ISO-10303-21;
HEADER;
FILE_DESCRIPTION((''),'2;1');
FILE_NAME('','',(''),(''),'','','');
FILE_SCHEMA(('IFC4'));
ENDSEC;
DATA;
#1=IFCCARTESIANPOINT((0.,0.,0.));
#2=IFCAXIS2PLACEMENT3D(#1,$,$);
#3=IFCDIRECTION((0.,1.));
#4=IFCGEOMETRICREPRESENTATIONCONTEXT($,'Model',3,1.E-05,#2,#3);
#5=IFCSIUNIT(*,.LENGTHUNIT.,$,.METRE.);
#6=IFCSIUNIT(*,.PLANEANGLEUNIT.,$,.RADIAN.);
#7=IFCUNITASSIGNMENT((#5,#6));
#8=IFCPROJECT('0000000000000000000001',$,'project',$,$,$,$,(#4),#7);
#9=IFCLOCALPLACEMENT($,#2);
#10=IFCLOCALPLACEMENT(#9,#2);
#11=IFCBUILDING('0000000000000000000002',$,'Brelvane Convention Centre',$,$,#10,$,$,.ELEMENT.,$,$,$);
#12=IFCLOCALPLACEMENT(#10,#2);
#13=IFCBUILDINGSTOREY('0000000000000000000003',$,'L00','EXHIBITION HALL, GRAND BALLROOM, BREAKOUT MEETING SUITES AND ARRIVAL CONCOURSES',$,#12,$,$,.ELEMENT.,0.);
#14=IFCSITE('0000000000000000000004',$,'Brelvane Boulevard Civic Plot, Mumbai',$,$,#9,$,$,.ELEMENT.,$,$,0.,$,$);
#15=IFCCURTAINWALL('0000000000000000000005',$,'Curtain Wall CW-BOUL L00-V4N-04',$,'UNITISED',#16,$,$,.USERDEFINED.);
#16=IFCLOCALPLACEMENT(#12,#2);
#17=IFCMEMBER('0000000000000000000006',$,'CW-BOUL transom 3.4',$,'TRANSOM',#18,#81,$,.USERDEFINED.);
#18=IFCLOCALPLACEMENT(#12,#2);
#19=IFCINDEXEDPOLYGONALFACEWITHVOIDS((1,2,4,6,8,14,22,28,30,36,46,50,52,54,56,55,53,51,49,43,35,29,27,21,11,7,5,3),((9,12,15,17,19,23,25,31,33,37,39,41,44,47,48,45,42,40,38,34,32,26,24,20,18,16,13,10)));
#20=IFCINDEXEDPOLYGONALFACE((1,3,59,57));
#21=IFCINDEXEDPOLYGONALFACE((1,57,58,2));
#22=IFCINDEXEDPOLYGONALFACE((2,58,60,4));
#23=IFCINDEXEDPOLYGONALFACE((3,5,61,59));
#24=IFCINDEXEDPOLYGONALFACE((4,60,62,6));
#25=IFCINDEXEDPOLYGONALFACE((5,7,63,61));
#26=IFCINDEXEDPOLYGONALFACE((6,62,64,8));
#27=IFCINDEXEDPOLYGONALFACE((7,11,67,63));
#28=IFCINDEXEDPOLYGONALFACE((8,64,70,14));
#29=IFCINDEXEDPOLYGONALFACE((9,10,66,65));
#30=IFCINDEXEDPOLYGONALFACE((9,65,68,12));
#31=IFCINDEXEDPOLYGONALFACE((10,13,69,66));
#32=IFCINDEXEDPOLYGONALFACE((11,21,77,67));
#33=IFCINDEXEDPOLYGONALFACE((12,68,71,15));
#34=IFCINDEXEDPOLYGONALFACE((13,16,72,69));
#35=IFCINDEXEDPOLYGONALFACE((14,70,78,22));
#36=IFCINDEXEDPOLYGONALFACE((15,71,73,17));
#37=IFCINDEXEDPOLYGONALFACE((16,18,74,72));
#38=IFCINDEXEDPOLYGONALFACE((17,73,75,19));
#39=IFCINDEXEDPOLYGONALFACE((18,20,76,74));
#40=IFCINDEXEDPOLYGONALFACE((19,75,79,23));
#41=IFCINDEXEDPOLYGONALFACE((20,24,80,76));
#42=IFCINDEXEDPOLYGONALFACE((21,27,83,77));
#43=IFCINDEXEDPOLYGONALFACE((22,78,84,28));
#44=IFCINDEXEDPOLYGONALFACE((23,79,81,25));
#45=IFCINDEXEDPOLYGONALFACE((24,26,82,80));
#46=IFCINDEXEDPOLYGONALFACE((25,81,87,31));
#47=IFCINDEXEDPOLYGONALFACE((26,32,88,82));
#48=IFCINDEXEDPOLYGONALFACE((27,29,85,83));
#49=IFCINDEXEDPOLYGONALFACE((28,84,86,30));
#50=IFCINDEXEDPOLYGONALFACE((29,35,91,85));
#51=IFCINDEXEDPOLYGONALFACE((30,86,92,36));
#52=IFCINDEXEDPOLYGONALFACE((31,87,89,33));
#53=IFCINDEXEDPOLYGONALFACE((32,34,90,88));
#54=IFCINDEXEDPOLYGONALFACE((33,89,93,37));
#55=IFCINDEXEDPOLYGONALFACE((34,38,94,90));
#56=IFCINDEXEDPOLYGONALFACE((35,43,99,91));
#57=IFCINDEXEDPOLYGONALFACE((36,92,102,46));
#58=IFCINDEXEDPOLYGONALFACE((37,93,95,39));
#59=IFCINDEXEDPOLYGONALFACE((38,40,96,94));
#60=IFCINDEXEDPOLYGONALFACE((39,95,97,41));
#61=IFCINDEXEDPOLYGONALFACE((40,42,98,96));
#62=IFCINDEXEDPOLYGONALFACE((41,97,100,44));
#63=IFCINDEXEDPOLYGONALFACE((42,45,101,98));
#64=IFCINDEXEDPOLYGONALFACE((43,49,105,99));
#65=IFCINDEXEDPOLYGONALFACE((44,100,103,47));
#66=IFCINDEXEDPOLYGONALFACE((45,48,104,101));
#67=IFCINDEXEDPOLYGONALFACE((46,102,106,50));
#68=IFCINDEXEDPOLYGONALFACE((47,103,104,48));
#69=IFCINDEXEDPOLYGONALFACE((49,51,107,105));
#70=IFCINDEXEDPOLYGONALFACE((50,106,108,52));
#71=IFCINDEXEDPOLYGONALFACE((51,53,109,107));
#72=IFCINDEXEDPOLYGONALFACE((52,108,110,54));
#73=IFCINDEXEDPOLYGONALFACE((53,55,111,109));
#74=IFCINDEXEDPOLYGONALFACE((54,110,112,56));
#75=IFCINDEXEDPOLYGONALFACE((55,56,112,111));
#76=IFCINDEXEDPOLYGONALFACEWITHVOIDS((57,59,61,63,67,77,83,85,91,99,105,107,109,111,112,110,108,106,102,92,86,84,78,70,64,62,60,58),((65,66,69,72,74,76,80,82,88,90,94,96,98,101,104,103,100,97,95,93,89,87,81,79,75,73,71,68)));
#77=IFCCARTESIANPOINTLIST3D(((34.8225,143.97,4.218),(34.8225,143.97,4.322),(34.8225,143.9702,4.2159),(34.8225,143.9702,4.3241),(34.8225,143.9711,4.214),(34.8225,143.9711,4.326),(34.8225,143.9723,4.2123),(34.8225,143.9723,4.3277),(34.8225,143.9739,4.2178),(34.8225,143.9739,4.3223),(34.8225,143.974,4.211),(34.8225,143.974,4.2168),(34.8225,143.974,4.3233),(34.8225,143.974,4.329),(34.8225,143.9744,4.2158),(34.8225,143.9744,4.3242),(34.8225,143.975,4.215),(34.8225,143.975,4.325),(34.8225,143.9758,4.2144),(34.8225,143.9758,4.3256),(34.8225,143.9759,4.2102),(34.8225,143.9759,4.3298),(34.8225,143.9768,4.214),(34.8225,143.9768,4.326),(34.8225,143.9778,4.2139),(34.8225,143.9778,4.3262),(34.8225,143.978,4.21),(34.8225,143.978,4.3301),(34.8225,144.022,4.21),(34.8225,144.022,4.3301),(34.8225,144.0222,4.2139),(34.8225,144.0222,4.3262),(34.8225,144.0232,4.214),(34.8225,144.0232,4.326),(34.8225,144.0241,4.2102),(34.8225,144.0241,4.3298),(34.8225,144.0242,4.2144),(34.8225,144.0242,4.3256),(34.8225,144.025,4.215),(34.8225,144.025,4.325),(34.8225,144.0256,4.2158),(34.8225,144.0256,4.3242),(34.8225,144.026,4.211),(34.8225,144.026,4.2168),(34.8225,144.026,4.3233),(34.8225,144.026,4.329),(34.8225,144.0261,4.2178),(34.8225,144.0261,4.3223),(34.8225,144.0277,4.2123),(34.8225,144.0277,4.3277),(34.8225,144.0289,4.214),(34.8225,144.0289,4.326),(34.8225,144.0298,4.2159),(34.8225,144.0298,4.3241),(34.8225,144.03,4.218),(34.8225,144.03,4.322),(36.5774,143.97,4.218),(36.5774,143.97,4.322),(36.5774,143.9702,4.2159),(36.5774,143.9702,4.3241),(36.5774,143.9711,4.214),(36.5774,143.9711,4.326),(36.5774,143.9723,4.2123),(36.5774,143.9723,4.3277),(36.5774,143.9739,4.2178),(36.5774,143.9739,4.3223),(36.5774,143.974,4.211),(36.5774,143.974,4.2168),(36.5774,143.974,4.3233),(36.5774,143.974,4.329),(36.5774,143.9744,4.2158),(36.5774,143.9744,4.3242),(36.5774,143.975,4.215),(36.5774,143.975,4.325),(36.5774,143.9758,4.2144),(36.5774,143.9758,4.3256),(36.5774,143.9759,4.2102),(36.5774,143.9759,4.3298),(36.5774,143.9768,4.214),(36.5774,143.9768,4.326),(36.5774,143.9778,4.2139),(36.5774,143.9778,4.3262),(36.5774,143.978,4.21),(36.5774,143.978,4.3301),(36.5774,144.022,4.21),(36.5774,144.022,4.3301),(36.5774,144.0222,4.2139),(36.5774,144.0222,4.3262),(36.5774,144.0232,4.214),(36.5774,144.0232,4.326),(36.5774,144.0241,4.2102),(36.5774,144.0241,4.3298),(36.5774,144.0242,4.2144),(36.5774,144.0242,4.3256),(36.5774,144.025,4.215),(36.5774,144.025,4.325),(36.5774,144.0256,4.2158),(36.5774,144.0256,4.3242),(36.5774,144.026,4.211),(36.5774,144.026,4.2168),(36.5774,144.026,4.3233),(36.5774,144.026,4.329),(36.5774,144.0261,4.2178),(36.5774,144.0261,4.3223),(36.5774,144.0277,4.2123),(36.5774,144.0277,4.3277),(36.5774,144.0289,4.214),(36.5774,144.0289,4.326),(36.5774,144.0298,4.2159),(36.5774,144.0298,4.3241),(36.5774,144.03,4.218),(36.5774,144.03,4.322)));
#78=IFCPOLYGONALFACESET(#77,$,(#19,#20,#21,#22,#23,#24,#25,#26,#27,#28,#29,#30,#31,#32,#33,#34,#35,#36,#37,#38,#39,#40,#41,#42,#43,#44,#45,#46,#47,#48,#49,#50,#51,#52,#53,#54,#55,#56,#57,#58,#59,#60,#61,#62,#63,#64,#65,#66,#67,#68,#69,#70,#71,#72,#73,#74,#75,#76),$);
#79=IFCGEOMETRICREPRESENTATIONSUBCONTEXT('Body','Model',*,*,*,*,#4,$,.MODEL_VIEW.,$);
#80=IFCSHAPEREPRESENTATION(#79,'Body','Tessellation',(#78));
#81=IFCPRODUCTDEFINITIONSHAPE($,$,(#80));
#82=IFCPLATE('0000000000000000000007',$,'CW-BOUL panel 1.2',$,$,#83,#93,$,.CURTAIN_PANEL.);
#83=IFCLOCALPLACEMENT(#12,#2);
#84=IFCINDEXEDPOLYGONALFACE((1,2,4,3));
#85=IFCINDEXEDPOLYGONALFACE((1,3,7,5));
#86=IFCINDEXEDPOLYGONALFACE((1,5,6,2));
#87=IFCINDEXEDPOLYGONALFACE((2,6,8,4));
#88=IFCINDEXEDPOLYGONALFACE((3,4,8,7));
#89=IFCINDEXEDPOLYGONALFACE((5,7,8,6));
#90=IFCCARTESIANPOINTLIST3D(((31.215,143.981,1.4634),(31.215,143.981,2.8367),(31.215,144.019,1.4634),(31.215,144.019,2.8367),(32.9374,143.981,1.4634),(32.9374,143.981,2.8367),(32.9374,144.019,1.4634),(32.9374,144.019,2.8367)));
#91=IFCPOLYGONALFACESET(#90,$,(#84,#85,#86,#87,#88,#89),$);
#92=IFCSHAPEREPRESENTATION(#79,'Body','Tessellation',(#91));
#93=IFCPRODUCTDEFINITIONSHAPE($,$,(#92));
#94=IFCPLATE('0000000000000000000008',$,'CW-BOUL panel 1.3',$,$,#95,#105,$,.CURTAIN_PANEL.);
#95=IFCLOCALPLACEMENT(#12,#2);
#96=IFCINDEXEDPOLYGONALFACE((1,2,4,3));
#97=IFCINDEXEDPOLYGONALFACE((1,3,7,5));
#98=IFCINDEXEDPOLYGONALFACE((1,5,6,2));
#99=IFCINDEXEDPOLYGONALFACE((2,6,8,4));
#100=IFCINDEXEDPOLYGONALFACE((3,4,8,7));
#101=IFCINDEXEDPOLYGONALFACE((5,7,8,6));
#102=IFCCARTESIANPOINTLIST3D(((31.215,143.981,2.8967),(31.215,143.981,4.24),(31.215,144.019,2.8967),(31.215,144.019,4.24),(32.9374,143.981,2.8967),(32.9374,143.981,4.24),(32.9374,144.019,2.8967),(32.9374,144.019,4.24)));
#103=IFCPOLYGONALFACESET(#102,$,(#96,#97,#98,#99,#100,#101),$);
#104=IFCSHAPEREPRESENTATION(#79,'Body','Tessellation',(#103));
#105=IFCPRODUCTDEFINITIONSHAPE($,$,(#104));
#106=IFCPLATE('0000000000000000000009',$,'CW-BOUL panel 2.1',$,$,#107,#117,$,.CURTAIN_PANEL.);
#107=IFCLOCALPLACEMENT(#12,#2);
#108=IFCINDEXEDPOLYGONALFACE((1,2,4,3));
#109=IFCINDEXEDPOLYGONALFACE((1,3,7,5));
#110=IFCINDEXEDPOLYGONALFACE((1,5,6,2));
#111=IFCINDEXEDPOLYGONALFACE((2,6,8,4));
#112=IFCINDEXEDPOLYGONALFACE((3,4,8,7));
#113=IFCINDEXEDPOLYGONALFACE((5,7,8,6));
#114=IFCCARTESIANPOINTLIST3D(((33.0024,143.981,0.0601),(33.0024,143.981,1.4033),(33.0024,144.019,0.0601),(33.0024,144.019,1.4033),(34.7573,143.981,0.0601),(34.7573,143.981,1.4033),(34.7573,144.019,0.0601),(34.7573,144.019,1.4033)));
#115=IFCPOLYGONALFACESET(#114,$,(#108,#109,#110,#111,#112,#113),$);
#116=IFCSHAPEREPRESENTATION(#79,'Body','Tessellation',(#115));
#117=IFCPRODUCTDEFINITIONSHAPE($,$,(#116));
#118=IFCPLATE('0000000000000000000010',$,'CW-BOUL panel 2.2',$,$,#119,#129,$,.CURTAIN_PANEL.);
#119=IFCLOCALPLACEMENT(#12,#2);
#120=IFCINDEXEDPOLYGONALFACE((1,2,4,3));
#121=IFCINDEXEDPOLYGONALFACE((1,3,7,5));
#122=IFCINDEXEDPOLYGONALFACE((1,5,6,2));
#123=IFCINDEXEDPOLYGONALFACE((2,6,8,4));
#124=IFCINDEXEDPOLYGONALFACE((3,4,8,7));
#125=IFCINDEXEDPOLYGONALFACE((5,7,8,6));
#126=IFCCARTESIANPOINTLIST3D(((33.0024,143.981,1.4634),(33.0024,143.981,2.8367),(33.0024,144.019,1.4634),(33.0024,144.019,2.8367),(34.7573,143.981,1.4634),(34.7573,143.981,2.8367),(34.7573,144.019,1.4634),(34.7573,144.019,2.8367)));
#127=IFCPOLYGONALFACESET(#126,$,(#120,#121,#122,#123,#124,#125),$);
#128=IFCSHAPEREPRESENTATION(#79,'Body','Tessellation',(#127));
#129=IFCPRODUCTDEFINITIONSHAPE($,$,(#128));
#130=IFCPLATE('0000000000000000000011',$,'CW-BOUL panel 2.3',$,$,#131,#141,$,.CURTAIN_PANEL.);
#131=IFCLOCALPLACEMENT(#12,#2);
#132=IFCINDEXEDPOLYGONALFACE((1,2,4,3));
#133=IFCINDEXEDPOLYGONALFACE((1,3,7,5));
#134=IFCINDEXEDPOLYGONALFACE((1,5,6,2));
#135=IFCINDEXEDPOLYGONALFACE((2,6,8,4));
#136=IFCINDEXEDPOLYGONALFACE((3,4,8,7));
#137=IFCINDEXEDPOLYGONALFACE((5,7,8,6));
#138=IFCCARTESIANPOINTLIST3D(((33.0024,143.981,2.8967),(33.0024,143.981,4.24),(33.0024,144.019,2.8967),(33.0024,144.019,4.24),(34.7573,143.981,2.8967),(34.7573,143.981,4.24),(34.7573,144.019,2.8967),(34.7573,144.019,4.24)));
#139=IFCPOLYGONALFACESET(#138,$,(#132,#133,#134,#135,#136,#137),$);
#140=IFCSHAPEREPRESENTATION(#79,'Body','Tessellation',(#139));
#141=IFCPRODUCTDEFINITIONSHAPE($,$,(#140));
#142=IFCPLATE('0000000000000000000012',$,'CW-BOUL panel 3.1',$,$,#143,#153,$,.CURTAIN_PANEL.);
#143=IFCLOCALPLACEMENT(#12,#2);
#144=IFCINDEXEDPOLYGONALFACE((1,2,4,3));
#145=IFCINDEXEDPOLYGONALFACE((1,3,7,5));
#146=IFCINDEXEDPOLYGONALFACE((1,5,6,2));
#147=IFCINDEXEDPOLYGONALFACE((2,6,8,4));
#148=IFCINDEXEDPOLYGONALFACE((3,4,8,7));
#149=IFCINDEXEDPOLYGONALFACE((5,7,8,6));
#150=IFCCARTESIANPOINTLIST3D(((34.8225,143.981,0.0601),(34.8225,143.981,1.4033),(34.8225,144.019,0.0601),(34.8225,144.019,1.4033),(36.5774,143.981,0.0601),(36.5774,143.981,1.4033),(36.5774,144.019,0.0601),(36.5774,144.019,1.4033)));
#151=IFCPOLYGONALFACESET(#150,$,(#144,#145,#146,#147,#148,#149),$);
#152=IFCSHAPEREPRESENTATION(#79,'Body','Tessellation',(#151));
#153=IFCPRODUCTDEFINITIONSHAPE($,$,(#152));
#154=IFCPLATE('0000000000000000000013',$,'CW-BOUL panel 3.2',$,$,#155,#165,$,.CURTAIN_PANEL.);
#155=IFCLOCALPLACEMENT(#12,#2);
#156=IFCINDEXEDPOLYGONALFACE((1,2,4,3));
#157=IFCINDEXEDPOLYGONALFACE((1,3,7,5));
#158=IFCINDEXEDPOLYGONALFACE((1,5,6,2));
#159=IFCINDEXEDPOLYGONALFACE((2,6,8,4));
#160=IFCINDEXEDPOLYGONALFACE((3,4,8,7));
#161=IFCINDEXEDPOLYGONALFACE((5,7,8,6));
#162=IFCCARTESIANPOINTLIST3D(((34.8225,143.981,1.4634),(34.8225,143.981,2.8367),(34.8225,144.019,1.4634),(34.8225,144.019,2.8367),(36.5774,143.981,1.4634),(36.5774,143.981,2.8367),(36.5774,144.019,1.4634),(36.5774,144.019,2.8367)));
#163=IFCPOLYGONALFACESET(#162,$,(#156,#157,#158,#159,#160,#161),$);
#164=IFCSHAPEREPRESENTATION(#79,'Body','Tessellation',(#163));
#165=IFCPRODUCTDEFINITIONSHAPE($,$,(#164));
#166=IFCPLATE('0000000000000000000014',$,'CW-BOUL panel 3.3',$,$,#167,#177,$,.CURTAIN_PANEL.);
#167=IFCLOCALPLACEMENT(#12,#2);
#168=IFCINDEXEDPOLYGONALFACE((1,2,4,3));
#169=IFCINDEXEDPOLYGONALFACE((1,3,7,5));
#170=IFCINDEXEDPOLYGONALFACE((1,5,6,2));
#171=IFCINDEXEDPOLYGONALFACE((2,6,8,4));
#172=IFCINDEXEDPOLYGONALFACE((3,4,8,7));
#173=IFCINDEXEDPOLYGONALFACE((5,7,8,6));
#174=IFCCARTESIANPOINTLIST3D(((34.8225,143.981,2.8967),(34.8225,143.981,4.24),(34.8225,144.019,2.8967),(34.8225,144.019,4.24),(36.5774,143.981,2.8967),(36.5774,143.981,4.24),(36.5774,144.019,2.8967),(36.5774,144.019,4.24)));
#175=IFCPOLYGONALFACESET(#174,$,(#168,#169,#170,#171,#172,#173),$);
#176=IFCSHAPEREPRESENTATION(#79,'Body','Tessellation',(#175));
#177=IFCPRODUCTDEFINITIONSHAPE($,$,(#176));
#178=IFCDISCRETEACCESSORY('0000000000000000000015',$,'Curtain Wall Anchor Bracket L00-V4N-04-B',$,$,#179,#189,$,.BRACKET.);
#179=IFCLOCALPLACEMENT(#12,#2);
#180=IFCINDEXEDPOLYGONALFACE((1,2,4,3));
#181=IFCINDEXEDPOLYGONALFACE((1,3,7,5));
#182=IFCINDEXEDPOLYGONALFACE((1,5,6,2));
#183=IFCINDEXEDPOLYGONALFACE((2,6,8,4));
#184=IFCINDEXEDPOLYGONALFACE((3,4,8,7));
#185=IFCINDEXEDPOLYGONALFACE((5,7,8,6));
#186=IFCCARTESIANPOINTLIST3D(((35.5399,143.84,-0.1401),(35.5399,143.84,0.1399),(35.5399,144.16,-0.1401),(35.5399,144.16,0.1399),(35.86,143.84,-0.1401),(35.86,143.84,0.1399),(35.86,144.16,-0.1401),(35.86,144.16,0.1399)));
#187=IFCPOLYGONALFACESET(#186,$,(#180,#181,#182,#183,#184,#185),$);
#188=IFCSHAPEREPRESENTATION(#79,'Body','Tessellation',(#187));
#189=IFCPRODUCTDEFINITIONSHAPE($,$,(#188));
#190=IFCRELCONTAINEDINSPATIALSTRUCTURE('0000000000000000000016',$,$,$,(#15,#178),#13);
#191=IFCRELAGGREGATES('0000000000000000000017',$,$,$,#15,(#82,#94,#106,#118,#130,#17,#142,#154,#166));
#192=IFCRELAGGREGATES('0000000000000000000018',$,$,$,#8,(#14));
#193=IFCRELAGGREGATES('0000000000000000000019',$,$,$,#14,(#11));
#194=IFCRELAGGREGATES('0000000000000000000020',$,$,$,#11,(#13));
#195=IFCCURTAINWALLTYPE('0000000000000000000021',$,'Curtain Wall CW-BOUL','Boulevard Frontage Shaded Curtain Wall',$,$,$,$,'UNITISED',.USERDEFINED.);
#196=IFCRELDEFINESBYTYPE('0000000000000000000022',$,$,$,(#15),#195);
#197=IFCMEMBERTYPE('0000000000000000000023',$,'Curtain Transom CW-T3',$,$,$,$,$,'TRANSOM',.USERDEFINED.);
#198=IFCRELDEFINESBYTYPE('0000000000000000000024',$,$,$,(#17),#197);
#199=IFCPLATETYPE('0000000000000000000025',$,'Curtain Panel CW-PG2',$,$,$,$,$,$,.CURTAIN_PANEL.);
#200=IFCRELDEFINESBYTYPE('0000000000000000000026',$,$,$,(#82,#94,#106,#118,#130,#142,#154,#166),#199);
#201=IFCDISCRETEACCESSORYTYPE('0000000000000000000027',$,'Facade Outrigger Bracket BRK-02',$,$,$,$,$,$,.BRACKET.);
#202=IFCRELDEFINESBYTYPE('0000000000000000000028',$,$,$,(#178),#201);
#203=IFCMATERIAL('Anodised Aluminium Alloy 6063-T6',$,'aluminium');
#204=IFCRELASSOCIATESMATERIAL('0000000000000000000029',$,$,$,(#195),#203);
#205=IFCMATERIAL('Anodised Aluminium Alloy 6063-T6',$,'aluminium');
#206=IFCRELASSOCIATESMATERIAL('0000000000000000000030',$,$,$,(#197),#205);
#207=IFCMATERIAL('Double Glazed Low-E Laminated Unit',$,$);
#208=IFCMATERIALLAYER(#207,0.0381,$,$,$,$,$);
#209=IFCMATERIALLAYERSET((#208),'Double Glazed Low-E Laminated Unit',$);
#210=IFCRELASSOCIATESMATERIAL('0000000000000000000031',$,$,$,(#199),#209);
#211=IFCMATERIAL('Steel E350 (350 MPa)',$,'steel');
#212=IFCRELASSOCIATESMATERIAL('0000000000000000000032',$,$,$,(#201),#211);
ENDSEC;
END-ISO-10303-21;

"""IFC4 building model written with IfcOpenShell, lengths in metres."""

from ifc_helpers import new_model, si_unit, direction, frame, origin, origin_2d, place, context, subcontext, project, spatial, rectangle, hollow_rectangle, extrude, material, layer, layer_set, material_profile, profile_set, type_object, element, aggregate, save


model = new_model("IFC4")

# Units and contexts
model_context = context("Model", 3, precision=1e-05, world=origin(), true_north=direction((0.0, 1.0)))
body_context = subcontext(model_context, "Body", "Model", "MODEL_VIEW")
ifc_project = project(units=[si_unit("LENGTHUNIT", "METRE"), si_unit("PLANEANGLEUNIT", "RADIAN")], contexts=[model_context])

# Site, building, storey
site_placement = place(None, origin())
site = spatial("IfcSite", under=ifc_project, at=site_placement, Name="Brelvane Boulevard Civic Plot, Mumbai", CompositionType="ELEMENT", RefElevation=0.0)
building_placement = place(site_placement, origin())
building = spatial("IfcBuilding", under=site, at=building_placement, Name="Brelvane Convention Centre", CompositionType="ELEMENT")
storey_placement = place(building_placement, origin())
storey = spatial("IfcBuildingStorey", under=building, at=storey_placement, Name="L00", Description="EXHIBITION HALL, GRAND BALLROOM, BREAKOUT MEETING SUITES AND ARRIVAL CONCOURSES", CompositionType="ELEMENT", Elevation=0.0)

# Curtain wall, member, plates
ifc_material_1 = material(Name="Anodised Aluminium Alloy 6063-T6", Category="aluminium")
curtain_wall_type = type_object("IfcCurtainWallType", Name="Curtain Wall CW-BOUL", Description="Boulevard Frontage Shaded Curtain Wall", ElementType="UNITISED", PredefinedType="USERDEFINED", material=ifc_material_1)
curtain_wall_placement = place(storey_placement, origin())
curtain_wall = element("IfcCurtainWall", 1, at=curtain_wall_placement, inside=storey, type_object=curtain_wall_type, Name="Curtain Wall CW-BOUL L00-V4N-04", ObjectType="UNITISED", PredefinedType="USERDEFINED")
ifc_material_2 = material(Name="Anodised Aluminium Alloy 6063-T6", Category="aluminium")
ifc_material_profile_1 = material_profile(ifc_material_2, hollow_rectangle(XDim=0.0601, YDim=0.1201, WallThickness=0.0039, InnerFilletRadius=0.0039, OuterFilletRadius=0.0081, at=origin_2d()), Name="ALU-T 120x60x4.0")
ifc_profile_set_1 = profile_set([ifc_material_profile_1], Name="Anodised Aluminium Alloy 6063-T6")
member_type_1 = type_object("IfcMemberType", Name="Curtain Transom CW-T3", ElementType="TRANSOM", PredefinedType="USERDEFINED", material=ifc_profile_set_1)
member_1_placement = place(storey_placement, frame((34.8225, 144.0, 4.27), z_axis=(1.0, 0.0, 0.0), x_axis=(0.0, 1.0, 0.0)))
member_1 = element("IfcMember", 2, at=member_1_placement, type_object=member_type_1, Name="CW-BOUL transom 3.4", ObjectType="TRANSOM", PredefinedType="USERDEFINED", context=body_context, shape_type="SweptSolid", body=[
    extrude(hollow_rectangle(XDim=0.0601, YDim=0.1201, WallThickness=0.0039, InnerFilletRadius=0.0039, OuterFilletRadius=0.0081, at=origin_2d()), origin(), (0.0, 0.0, 1.0), 1.7549),
])
ifc_material_3 = material(Name="Double Glazed Low-E Laminated Unit")
ifc_layer = layer(ifc_material_3, 0.0381)
ifc_layer_set = layer_set([ifc_layer], Name="Double Glazed Low-E Laminated Unit")
plate_type = type_object("IfcPlateType", Name="Curtain Panel CW-PG2", PredefinedType="CURTAIN_PANEL", material=ifc_layer_set)
plate_1_placement = place(storey_placement, frame((32.0762, 144.0, 1.4634), z_axis=(0.0, 0.0, 1.0), x_axis=(1.0, 0.0, 0.0)))
plate_1 = element("IfcPlate", 3, at=plate_1_placement, type_object=plate_type, Name="CW-BOUL panel 1.2", PredefinedType="CURTAIN_PANEL", context=body_context, shape_type="SweptSolid", body=[
    extrude(rectangle(XDim=1.7224, YDim=0.0381, at=origin_2d()), origin(), (0.0, 0.0, 1.0), 1.3733),
])
plate_2_placement = place(storey_placement, frame((32.0762, 144.0, 2.8967), z_axis=(0.0, 0.0, 1.0), x_axis=(1.0, 0.0, 0.0)))
plate_2 = element("IfcPlate", 4, at=plate_2_placement, type_object=plate_type, Name="CW-BOUL panel 1.3", PredefinedType="CURTAIN_PANEL", context=body_context, shape_type="SweptSolid", body=[
    extrude(rectangle(XDim=1.7224, YDim=0.0381, at=origin_2d()), origin(), (0.0, 0.0, 1.0), 1.3433),
])
plate_3_placement = place(storey_placement, frame((33.8799, 144.0, 0.0601), z_axis=(0.0, 0.0, 1.0), x_axis=(1.0, 0.0, 0.0)))
plate_3 = element("IfcPlate", 5, at=plate_3_placement, type_object=plate_type, Name="CW-BOUL panel 2.1", PredefinedType="CURTAIN_PANEL", context=body_context, shape_type="SweptSolid", body=[
    extrude(rectangle(XDim=1.7549, YDim=0.0381, at=origin_2d()), origin(), (0.0, 0.0, 1.0), 1.3433),
])
plate_4_placement = place(storey_placement, frame((33.8799, 144.0, 1.4634), z_axis=(0.0, 0.0, 1.0), x_axis=(1.0, 0.0, 0.0)))
plate_4 = element("IfcPlate", 6, at=plate_4_placement, type_object=plate_type, Name="CW-BOUL panel 2.2", PredefinedType="CURTAIN_PANEL", context=body_context, shape_type="SweptSolid", body=[
    extrude(rectangle(XDim=1.7549, YDim=0.0381, at=origin_2d()), origin(), (0.0, 0.0, 1.0), 1.3733),
])
plate_5_placement = place(storey_placement, frame((33.8799, 144.0, 2.8967), z_axis=(0.0, 0.0, 1.0), x_axis=(1.0, 0.0, 0.0)))
plate_5 = element("IfcPlate", 7, at=plate_5_placement, type_object=plate_type, Name="CW-BOUL panel 2.3", PredefinedType="CURTAIN_PANEL", context=body_context, shape_type="SweptSolid", body=[
    extrude(rectangle(XDim=1.7549, YDim=0.0381, at=origin_2d()), origin(), (0.0, 0.0, 1.0), 1.3433),
])
plate_6_placement = place(storey_placement, frame((35.7, 144.0, 0.0601), z_axis=(0.0, 0.0, 1.0), x_axis=(1.0, 0.0, 0.0)))
plate_6 = element("IfcPlate", 8, at=plate_6_placement, type_object=plate_type, Name="CW-BOUL panel 3.1", PredefinedType="CURTAIN_PANEL", context=body_context, shape_type="SweptSolid", body=[
    extrude(rectangle(XDim=1.7549, YDim=0.0381, at=origin_2d()), origin(), (0.0, 0.0, 1.0), 1.3433),
])
plate_7_placement = place(storey_placement, frame((35.7, 144.0, 1.4634), z_axis=(0.0, 0.0, 1.0), x_axis=(1.0, 0.0, 0.0)))
plate_7 = element("IfcPlate", 9, at=plate_7_placement, type_object=plate_type, Name="CW-BOUL panel 3.2", PredefinedType="CURTAIN_PANEL", context=body_context, shape_type="SweptSolid", body=[
    extrude(rectangle(XDim=1.7549, YDim=0.0381, at=origin_2d()), origin(), (0.0, 0.0, 1.0), 1.3733),
])
plate_8_placement = place(storey_placement, frame((35.7, 144.0, 2.8967), z_axis=(0.0, 0.0, 1.0), x_axis=(1.0, 0.0, 0.0)))
plate_8 = element("IfcPlate", 10, at=plate_8_placement, type_object=plate_type, Name="CW-BOUL panel 3.3", PredefinedType="CURTAIN_PANEL", context=body_context, shape_type="SweptSolid", body=[
    extrude(rectangle(XDim=1.7549, YDim=0.0381, at=origin_2d()), origin(), (0.0, 0.0, 1.0), 1.3433),
])
aggregate(curtain_wall, [plate_1, plate_2, plate_3, plate_4, plate_5, member_1, plate_6, plate_7, plate_8])

# Discrete accessory
ifc_material_4 = material(Name="Steel E350 (350 MPa)", Category="steel")
discrete_accessory_type = type_object("IfcDiscreteAccessoryType", Name="Facade Outrigger Bracket BRK-02", PredefinedType="BRACKET", material=ifc_material_4)
discrete_accessory_placement = place(storey_placement, frame((35.7, 144.0, -0.1401), z_axis=(0.0, 0.0, 1.0), x_axis=(1.0, 0.0, 0.0)))
element("IfcDiscreteAccessory", 11, at=discrete_accessory_placement, inside=storey, type_object=discrete_accessory_type, Name="Curtain Wall Anchor Bracket L00-V4N-04-B", PredefinedType="BRACKET", context=body_context, shape_type="SweptSolid", body=[
    extrude(rectangle(XDim=0.3201, YDim=0.3201, at=origin_2d()), origin(), (0.0, 0.0, 1.0), 0.28),
])

save(model, "model.ifc")
